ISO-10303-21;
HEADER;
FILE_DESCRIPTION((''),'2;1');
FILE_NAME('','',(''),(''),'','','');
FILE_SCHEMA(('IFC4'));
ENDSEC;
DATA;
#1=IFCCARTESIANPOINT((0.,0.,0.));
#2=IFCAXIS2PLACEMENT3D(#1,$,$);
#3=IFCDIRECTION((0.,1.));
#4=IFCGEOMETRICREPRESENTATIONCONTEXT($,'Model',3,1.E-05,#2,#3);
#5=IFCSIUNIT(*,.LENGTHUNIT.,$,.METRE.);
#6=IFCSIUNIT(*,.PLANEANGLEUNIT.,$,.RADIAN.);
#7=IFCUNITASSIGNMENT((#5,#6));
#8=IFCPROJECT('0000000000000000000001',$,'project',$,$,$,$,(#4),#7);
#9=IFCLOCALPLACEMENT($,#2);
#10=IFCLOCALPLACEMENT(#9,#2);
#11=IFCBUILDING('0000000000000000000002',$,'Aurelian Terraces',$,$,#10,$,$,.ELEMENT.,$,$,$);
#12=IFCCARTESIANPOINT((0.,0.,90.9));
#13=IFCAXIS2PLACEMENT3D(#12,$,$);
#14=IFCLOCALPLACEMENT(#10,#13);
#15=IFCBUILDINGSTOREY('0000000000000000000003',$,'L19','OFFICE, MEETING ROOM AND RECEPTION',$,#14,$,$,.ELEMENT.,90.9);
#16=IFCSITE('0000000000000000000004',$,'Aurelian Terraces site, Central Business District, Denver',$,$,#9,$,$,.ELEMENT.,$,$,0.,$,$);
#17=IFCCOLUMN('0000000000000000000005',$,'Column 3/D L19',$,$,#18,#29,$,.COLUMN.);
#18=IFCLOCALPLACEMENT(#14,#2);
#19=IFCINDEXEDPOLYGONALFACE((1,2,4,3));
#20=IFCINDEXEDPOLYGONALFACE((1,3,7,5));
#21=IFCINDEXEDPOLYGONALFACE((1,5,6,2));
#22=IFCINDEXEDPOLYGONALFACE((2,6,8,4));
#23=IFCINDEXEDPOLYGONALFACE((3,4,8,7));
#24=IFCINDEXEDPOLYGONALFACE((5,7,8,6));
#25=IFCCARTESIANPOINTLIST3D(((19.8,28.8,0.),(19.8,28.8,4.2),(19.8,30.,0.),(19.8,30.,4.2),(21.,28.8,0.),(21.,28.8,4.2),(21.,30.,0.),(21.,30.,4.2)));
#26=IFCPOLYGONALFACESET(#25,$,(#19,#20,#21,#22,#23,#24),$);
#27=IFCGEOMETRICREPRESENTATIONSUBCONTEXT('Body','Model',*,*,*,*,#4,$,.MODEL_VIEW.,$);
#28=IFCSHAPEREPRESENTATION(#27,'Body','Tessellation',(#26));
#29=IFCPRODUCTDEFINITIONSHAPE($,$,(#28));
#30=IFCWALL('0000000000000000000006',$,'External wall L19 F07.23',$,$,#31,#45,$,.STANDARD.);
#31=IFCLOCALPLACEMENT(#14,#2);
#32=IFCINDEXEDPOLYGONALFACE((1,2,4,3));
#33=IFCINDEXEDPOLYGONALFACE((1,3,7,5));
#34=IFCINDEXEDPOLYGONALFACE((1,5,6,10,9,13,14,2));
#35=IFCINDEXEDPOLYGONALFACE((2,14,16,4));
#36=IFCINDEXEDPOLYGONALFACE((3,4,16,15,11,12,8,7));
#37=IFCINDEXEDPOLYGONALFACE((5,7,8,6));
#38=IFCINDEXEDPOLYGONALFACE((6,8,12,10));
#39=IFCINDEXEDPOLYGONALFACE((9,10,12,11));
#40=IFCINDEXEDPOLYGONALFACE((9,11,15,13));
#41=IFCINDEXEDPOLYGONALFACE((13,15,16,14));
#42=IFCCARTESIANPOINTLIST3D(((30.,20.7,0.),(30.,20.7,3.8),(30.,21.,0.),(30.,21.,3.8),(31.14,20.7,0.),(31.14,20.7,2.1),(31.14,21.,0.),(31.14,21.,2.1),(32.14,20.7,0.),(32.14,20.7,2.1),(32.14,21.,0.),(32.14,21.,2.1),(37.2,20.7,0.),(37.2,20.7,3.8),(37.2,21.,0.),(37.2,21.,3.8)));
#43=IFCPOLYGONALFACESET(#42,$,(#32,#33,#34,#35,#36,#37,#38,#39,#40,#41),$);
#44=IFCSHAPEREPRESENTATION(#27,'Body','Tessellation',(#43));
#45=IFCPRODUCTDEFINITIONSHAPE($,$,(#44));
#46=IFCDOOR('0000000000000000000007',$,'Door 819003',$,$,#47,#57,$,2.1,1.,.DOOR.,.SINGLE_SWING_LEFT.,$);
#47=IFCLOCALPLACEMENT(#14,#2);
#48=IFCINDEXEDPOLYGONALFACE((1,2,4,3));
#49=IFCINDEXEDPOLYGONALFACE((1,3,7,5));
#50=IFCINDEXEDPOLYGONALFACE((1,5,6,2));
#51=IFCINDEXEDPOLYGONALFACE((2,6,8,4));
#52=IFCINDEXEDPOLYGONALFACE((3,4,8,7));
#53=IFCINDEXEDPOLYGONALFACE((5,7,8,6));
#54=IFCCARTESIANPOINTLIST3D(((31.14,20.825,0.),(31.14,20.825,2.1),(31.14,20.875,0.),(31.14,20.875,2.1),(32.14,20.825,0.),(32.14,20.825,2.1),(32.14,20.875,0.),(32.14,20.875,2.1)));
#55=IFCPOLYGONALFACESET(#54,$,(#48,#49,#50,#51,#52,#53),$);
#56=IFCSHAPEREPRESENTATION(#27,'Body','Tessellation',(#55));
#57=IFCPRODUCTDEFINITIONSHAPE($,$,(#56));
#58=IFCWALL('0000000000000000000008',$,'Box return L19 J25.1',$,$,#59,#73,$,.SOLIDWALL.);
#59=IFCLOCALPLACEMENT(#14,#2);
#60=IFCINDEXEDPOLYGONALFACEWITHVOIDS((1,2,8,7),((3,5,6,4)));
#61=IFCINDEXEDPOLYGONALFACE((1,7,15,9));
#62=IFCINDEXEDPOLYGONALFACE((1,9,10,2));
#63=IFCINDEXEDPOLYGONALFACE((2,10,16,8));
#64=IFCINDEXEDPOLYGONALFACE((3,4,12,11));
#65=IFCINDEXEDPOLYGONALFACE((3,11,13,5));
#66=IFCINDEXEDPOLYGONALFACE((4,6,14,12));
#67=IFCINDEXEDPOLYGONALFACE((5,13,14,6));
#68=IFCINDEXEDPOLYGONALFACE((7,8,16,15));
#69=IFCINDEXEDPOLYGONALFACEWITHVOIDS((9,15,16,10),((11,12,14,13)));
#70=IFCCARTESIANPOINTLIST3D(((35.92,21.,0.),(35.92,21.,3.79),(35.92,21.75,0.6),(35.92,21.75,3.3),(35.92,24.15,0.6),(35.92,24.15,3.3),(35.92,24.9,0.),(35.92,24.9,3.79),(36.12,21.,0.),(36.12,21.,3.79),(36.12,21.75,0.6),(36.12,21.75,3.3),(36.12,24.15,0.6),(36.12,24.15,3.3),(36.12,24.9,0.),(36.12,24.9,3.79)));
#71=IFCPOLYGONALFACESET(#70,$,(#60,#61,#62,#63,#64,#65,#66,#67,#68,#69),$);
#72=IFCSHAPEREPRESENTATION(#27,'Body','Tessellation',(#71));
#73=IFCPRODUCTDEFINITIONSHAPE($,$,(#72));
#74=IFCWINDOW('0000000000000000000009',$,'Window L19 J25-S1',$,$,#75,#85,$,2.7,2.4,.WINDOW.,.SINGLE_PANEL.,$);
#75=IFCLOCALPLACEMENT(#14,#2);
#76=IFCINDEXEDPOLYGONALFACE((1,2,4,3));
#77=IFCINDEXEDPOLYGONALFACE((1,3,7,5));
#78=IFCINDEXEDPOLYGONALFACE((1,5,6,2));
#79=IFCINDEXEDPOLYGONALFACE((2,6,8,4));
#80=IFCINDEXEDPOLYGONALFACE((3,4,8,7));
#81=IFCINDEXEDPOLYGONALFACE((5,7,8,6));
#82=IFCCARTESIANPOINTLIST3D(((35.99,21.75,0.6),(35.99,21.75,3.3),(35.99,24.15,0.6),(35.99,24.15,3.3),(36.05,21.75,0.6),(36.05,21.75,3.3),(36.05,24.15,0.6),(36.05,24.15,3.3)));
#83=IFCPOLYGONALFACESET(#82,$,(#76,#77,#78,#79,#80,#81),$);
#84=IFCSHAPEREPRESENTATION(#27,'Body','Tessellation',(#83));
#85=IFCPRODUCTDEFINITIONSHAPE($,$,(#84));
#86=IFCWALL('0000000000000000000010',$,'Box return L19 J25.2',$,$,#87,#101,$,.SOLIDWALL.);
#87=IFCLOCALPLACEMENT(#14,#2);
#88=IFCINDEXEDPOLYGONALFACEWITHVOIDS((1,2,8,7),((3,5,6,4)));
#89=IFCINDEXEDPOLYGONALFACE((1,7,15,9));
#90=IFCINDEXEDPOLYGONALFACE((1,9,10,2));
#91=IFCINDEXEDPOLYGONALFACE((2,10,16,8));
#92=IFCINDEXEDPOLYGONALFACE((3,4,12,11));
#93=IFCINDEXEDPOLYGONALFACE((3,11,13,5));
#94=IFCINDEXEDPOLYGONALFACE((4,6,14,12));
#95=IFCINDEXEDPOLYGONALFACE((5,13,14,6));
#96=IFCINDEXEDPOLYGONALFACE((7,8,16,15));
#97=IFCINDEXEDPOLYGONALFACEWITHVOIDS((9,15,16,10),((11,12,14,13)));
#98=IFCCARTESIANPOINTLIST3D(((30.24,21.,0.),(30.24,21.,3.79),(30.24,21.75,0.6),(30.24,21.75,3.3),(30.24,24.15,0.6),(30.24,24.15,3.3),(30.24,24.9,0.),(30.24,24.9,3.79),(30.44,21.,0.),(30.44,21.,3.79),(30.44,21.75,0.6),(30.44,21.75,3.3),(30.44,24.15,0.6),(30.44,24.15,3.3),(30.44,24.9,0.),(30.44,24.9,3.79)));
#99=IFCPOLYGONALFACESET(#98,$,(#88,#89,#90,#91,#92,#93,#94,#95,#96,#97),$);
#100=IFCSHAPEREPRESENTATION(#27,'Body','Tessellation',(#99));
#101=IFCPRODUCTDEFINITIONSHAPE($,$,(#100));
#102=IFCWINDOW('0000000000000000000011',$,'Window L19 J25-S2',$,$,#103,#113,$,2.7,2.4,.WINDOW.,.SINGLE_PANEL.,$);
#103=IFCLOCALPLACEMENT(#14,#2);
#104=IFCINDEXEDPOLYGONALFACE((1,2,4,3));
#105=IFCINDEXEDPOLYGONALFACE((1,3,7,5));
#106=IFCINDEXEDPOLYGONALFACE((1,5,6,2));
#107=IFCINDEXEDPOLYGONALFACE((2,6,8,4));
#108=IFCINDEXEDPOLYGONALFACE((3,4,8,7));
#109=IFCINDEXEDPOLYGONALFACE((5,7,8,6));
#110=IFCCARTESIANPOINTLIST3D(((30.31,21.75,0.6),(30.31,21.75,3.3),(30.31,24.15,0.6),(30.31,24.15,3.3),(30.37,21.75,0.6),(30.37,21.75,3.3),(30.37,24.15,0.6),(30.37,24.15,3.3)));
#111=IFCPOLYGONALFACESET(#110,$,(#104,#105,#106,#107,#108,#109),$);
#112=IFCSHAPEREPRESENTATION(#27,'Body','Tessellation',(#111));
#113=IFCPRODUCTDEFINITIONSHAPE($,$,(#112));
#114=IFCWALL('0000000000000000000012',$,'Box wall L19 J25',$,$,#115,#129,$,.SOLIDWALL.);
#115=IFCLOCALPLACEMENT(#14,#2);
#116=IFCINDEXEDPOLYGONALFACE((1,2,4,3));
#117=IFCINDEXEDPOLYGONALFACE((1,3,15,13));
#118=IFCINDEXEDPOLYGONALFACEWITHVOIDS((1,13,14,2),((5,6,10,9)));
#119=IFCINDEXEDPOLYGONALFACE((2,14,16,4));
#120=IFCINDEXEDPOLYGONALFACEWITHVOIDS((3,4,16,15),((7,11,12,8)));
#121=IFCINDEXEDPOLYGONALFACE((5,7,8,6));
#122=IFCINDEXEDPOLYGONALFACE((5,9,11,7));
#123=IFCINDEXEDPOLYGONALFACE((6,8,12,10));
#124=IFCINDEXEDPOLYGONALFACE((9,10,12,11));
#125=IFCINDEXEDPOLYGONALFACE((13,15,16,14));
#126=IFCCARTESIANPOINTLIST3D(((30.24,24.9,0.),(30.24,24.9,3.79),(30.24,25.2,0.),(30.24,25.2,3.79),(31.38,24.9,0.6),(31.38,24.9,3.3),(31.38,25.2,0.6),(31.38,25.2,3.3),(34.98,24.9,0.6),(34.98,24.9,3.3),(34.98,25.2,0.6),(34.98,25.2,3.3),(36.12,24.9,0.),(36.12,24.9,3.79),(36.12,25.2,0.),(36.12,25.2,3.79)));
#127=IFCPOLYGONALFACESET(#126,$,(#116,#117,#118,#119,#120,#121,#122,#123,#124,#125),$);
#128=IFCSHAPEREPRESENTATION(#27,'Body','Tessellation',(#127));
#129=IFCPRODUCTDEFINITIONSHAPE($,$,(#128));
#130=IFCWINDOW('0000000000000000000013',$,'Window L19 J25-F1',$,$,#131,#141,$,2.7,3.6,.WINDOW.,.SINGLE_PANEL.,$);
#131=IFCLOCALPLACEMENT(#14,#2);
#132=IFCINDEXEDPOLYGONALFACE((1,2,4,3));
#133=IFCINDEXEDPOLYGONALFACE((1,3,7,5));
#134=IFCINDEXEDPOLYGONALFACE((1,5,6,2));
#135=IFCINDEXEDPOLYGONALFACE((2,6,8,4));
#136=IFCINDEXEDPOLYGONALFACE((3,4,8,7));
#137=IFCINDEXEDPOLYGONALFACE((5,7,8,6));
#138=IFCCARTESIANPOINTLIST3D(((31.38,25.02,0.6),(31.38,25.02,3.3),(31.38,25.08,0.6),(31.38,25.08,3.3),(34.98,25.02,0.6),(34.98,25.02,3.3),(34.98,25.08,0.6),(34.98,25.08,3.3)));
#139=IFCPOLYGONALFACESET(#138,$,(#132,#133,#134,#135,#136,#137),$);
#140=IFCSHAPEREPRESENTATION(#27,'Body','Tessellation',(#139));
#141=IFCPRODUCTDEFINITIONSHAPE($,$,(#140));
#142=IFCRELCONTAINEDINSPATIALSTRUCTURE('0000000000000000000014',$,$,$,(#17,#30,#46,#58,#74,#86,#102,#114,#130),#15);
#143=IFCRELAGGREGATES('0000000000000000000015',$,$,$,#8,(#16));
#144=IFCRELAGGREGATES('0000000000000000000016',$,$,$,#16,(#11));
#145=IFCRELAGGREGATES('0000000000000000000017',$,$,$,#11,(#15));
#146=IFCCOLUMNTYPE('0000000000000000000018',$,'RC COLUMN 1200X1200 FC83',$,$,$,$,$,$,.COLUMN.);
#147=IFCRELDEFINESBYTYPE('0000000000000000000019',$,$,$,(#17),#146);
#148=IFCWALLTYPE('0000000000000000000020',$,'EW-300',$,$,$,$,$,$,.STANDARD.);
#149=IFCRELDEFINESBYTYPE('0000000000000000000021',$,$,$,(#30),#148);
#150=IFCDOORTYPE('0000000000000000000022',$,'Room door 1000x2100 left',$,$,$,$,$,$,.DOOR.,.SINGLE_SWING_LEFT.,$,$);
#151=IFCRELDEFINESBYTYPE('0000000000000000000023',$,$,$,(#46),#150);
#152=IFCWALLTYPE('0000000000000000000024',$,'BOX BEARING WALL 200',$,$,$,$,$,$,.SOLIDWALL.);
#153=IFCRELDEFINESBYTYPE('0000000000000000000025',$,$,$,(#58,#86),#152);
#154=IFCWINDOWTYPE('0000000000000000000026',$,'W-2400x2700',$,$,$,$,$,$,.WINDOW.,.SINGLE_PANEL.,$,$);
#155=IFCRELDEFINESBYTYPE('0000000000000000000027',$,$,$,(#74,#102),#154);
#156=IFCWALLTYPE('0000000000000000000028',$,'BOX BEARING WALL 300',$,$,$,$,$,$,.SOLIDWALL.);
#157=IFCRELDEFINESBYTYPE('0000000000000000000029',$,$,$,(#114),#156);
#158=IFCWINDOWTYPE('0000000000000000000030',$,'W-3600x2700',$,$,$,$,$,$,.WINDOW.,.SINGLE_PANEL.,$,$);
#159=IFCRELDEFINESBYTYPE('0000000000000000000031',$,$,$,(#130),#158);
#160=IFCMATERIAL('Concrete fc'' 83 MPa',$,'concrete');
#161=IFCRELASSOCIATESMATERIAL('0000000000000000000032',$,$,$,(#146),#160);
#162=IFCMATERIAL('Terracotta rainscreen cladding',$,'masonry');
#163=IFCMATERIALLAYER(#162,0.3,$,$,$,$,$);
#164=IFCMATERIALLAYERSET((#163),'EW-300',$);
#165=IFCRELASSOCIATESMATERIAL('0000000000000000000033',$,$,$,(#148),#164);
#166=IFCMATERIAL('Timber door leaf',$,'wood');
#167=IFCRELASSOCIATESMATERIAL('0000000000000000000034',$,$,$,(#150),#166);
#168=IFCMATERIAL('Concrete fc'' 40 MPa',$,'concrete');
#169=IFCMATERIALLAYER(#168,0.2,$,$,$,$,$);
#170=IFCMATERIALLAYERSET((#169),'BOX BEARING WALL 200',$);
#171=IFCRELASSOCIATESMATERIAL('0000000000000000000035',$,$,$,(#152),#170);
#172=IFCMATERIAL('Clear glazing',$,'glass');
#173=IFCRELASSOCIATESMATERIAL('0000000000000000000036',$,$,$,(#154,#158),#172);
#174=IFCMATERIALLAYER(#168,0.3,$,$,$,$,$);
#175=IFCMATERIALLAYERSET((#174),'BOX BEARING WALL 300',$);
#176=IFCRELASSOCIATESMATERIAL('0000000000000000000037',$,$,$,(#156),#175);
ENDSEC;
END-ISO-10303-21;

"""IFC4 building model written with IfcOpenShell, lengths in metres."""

from ifc_helpers import new_model, si_unit, direction, frame, frame_2d, origin, origin_2d, place, context, subcontext, project, spatial, rectangle, extrude, source, transform, mapped, material, layer, layer_set, material_profile, profile_set, type_object, element, fill, save


model = new_model("IFC4")

# Units and contexts
model_context = context("Model", 3, precision=1e-05, world=origin(), true_north=direction((0.0, 1.0)))
body_context = subcontext(model_context, "Body", "Model", "MODEL_VIEW")
ifc_project = project(units=[si_unit("LENGTHUNIT", "METRE"), si_unit("PLANEANGLEUNIT", "RADIAN")], contexts=[model_context])

# Site, building, storey
site_placement = place(None, origin())
site = spatial("IfcSite", under=ifc_project, at=site_placement, Name="Aurelian Terraces site, Central Business District, Denver", CompositionType="ELEMENT", RefElevation=0.0)
building_placement = place(site_placement, origin())
building = spatial("IfcBuilding", under=site, at=building_placement, Name="Aurelian Terraces", CompositionType="ELEMENT")
storey_placement = place(building_placement, frame((0.0, 0.0, 90.9)))
storey = spatial("IfcBuildingStorey", under=building, at=storey_placement, Name="L19", Description="OFFICE, MEETING ROOM AND RECEPTION", CompositionType="ELEMENT", Elevation=90.9)

# Column
ifc_material_1 = material(Name="Concrete fc' 83 MPa", Category="concrete")
ifc_material_profile = material_profile(ifc_material_1, rectangle(XDim=1.2, YDim=1.2, at=origin_2d()))
ifc_profile_set = profile_set([ifc_material_profile], Name="Concrete fc' 83 MPa")
column_type = type_object("IfcColumnType", Name="RC COLUMN 1200X1200 FC83", PredefinedType="COLUMN", material=ifc_profile_set)
shared_shape_1 = source(origin(), body_context, "Body", "SweptSolid", [
    extrude(rectangle(XDim=1.2, YDim=1.2, at=origin_2d()), origin(), (0.0, 0.0, 1.0), 4.2),
])
column_placement = place(storey_placement, frame((20.4, 29.4, 0.0), z_axis=(0.0, 0.0, 1.0), x_axis=(1.0, 0.0, 0.0)))
element("IfcColumn", 1, at=column_placement, inside=storey, type_object=column_type, Name="Column 3/D L19", PredefinedType="COLUMN", context=body_context, shape_type="MappedRepresentation", body=[
    mapped(shared_shape_1, transform((0.0, 0.0, 0.0), scale=1.0)),
])

# Wall, opening, door
ifc_material_2 = material(Name="Terracotta rainscreen cladding", Category="masonry")
ifc_layer_1 = layer(ifc_material_2, 0.3)
ifc_layer_set_1 = layer_set([ifc_layer_1], Name="EW-300")
wall_type_1 = type_object("IfcWallType", Name="EW-300", PredefinedType="STANDARD", material=ifc_layer_set_1)
shared_shape_2 = source(origin(), body_context, "Body", "SweptSolid", [
    extrude(rectangle(XDim=7.2, YDim=0.3, at=frame_2d((3.6, 0.0))), origin(), (0.0, 0.0, 1.0), 3.8),
])
wall_1_placement = place(storey_placement, frame((37.2, 20.85, 0.0), z_axis=(0.0, 0.0, 1.0), x_axis=(-1.0, 0.0, 0.0)))
wall_1 = element("IfcWall", 2, at=wall_1_placement, inside=storey, type_object=wall_type_1, Name="External wall L19 F07.23", PredefinedType="STANDARD", context=body_context, shape_type="MappedRepresentation", body=[
    mapped(shared_shape_2, transform((0.0, 0.0, 0.0), scale=1.0)),
])
shared_shape_3 = source(origin(), body_context, "Body", "SweptSolid", [
    extrude(rectangle(XDim=1.0, YDim=2.1, at=frame_2d((0.5, 1.05))), frame((0.0, 0.16, 0.0), z_axis=(0.0, -1.0, 0.0), x_axis=(1.0, 0.0, 0.0)), (0.0, 0.0, 1.0), 0.32),
])
opening_1_placement = place(wall_1_placement, frame((5.06, 0.0, 0.0)))
opening_1 = element("IfcOpeningElement", 3, at=opening_1_placement, cuts=wall_1, PredefinedType="OPENING", context=body_context, shape_type="MappedRepresentation", body=[
    mapped(shared_shape_3, transform((0.0, 0.0, 0.0), scale=1.0)),
])
ifc_material_3 = material(Name="Timber door leaf", Category="wood")
door_type = type_object("IfcDoorType", Name="Room door 1000x2100 left", OperationType="SINGLE_SWING_LEFT", PredefinedType="DOOR", material=ifc_material_3)
shared_shape_4 = source(origin(), body_context, "Body", "SweptSolid", [
    extrude(rectangle(XDim=1.0, YDim=2.1, at=frame_2d((0.5, 1.05))), frame((0.0, 0.025, 0.0), z_axis=(0.0, -1.0, 0.0), x_axis=(1.0, 0.0, 0.0)), (0.0, 0.0, 1.0), 0.05),
])
door_placement = place(opening_1_placement, origin())
door = element("IfcDoor", 4, at=door_placement, inside=storey, type_object=door_type, Name="Door 819003", OperationType="SINGLE_SWING_LEFT", OverallHeight=2.1, OverallWidth=1.0, PredefinedType="DOOR", context=body_context, shape_type="MappedRepresentation", body=[
    mapped(shared_shape_4, transform((0.0, 0.0, 0.0), scale=1.0)),
])
fill(opening_1, door)

# Walls, openings, windows
ifc_material_4 = material(Name="Concrete fc' 40 MPa", Category="concrete")
ifc_layer_2 = layer(ifc_material_4, 0.2)
ifc_layer_set_2 = layer_set([ifc_layer_2], Name="BOX BEARING WALL 200")
wall_type_2 = type_object("IfcWallType", Name="BOX BEARING WALL 200", PredefinedType="SOLIDWALL", material=ifc_layer_set_2)
shared_shape_5 = source(origin(), body_context, "Body", "SweptSolid", [
    extrude(rectangle(XDim=3.9, YDim=0.2, at=frame_2d((1.95, 0.0))), origin(), (0.0, 0.0, 1.0), 3.79),
])
wall_2_placement = place(storey_placement, frame((36.02, 21.0, 0.0), z_axis=(0.0, 0.0, 1.0), x_axis=(0.0, 1.0, 0.0)))
wall_2 = element("IfcWall", 5, at=wall_2_placement, inside=storey, type_object=wall_type_2, Name="Box return L19 J25.1", PredefinedType="SOLIDWALL", context=body_context, shape_type="MappedRepresentation", body=[
    mapped(shared_shape_5, transform((0.0, 0.0, 0.0), scale=1.0)),
])
shared_shape_6 = source(origin(), body_context, "Body", "SweptSolid", [
    extrude(rectangle(XDim=2.4, YDim=2.7, at=frame_2d((1.2, 1.35))), frame((0.0, 0.11, 0.0), z_axis=(0.0, -1.0, 0.0), x_axis=(1.0, 0.0, 0.0)), (0.0, 0.0, 1.0), 0.22),
])
opening_2_placement = place(wall_2_placement, frame((0.75, 0.0, 0.6)))
opening_2 = element("IfcOpeningElement", 6, at=opening_2_placement, cuts=wall_2, PredefinedType="OPENING", context=body_context, shape_type="MappedRepresentation", body=[
    mapped(shared_shape_6, transform((0.0, 0.0, 0.0), scale=1.0)),
])
ifc_material_5 = material(Name="Clear glazing", Category="glass")
window_type_1 = type_object("IfcWindowType", Name="W-2400x2700", PartitioningType="SINGLE_PANEL", PredefinedType="WINDOW", material=ifc_material_5)
shared_shape_7 = source(origin(), body_context, "Body", "SweptSolid", [
    extrude(rectangle(XDim=2.4, YDim=2.7, at=frame_2d((1.2, 1.35))), frame((0.0, 0.03, 0.0), z_axis=(0.0, -1.0, 0.0), x_axis=(1.0, 0.0, 0.0)), (0.0, 0.0, 1.0), 0.06),
])
window_1_placement = place(opening_2_placement, origin())
window_1 = element("IfcWindow", 7, at=window_1_placement, inside=storey, type_object=window_type_1, Name="Window L19 J25-S1", OverallHeight=2.7, OverallWidth=2.4, PartitioningType="SINGLE_PANEL", PredefinedType="WINDOW", context=body_context, shape_type="MappedRepresentation", body=[
    mapped(shared_shape_7, transform((0.0, 0.0, 0.0), scale=1.0)),
])
fill(opening_2, window_1)
wall_3_placement = place(storey_placement, frame((30.34, 21.0, 0.0), z_axis=(0.0, 0.0, 1.0), x_axis=(0.0, 1.0, 0.0)))
wall_3 = element("IfcWall", 8, at=wall_3_placement, inside=storey, type_object=wall_type_2, Name="Box return L19 J25.2", PredefinedType="SOLIDWALL", context=body_context, shape_type="MappedRepresentation", body=[
    mapped(shared_shape_5, transform((0.0, 0.0, 0.0), scale=1.0)),
])
opening_3_placement = place(wall_3_placement, frame((0.75, 0.0, 0.6)))
opening_3 = element("IfcOpeningElement", 9, at=opening_3_placement, cuts=wall_3, PredefinedType="OPENING", context=body_context, shape_type="MappedRepresentation", body=[
    mapped(shared_shape_6, transform((0.0, 0.0, 0.0), scale=1.0)),
])
window_2_placement = place(opening_3_placement, origin())
window_2 = element("IfcWindow", 10, at=window_2_placement, inside=storey, type_object=window_type_1, Name="Window L19 J25-S2", OverallHeight=2.7, OverallWidth=2.4, PartitioningType="SINGLE_PANEL", PredefinedType="WINDOW", context=body_context, shape_type="MappedRepresentation", body=[
    mapped(shared_shape_7, transform((0.0, 0.0, 0.0), scale=1.0)),
])
fill(opening_3, window_2)
ifc_layer_3 = layer(ifc_material_4, 0.3)
ifc_layer_set_3 = layer_set([ifc_layer_3], Name="BOX BEARING WALL 300")
wall_type_3 = type_object("IfcWallType", Name="BOX BEARING WALL 300", PredefinedType="SOLIDWALL", material=ifc_layer_set_3)
shared_shape_8 = source(origin(), body_context, "Body", "SweptSolid", [
    extrude(rectangle(XDim=5.88, YDim=0.3, at=frame_2d((2.94, 0.0))), origin(), (0.0, 0.0, 1.0), 3.79),
])
wall_4_placement = place(storey_placement, frame((36.12, 25.05, 0.0), z_axis=(0.0, 0.0, 1.0), x_axis=(-1.0, 0.0, 0.0)))
wall_4 = element("IfcWall", 11, at=wall_4_placement, inside=storey, type_object=wall_type_3, Name="Box wall L19 J25", PredefinedType="SOLIDWALL", context=body_context, shape_type="MappedRepresentation", body=[
    mapped(shared_shape_8, transform((0.0, 0.0, 0.0), scale=1.0)),
])
shared_shape_9 = source(origin(), body_context, "Body", "SweptSolid", [
    extrude(rectangle(XDim=3.6, YDim=2.7, at=frame_2d((1.8, 1.35))), frame((0.0, 0.16, 0.0), z_axis=(0.0, -1.0, 0.0), x_axis=(1.0, 0.0, 0.0)), (0.0, 0.0, 1.0), 0.32),
])
opening_4_placement = place(wall_4_placement, frame((1.14, 0.0, 0.6)))
opening_4 = element("IfcOpeningElement", 12, at=opening_4_placement, cuts=wall_4, PredefinedType="OPENING", context=body_context, shape_type="MappedRepresentation", body=[
    mapped(shared_shape_9, transform((0.0, 0.0, 0.0), scale=1.0)),
])
window_type_2 = type_object("IfcWindowType", Name="W-3600x2700", PartitioningType="SINGLE_PANEL", PredefinedType="WINDOW", material=ifc_material_5)
shared_shape_10 = source(origin(), body_context, "Body", "SweptSolid", [
    extrude(rectangle(XDim=3.6, YDim=2.7, at=frame_2d((1.8, 1.35))), frame((0.0, 0.03, 0.0), z_axis=(0.0, -1.0, 0.0), x_axis=(1.0, 0.0, 0.0)), (0.0, 0.0, 1.0), 0.06),
])
window_3_placement = place(opening_4_placement, origin())
window_3 = element("IfcWindow", 13, at=window_3_placement, inside=storey, type_object=window_type_2, Name="Window L19 J25-F1", OverallHeight=2.7, OverallWidth=3.6, PartitioningType="SINGLE_PANEL", PredefinedType="WINDOW", context=body_context, shape_type="MappedRepresentation", body=[
    mapped(shared_shape_10, transform((0.0, 0.0, 0.0), scale=1.0)),
])
fill(opening_4, window_3)

save(model, "model.ifc")
